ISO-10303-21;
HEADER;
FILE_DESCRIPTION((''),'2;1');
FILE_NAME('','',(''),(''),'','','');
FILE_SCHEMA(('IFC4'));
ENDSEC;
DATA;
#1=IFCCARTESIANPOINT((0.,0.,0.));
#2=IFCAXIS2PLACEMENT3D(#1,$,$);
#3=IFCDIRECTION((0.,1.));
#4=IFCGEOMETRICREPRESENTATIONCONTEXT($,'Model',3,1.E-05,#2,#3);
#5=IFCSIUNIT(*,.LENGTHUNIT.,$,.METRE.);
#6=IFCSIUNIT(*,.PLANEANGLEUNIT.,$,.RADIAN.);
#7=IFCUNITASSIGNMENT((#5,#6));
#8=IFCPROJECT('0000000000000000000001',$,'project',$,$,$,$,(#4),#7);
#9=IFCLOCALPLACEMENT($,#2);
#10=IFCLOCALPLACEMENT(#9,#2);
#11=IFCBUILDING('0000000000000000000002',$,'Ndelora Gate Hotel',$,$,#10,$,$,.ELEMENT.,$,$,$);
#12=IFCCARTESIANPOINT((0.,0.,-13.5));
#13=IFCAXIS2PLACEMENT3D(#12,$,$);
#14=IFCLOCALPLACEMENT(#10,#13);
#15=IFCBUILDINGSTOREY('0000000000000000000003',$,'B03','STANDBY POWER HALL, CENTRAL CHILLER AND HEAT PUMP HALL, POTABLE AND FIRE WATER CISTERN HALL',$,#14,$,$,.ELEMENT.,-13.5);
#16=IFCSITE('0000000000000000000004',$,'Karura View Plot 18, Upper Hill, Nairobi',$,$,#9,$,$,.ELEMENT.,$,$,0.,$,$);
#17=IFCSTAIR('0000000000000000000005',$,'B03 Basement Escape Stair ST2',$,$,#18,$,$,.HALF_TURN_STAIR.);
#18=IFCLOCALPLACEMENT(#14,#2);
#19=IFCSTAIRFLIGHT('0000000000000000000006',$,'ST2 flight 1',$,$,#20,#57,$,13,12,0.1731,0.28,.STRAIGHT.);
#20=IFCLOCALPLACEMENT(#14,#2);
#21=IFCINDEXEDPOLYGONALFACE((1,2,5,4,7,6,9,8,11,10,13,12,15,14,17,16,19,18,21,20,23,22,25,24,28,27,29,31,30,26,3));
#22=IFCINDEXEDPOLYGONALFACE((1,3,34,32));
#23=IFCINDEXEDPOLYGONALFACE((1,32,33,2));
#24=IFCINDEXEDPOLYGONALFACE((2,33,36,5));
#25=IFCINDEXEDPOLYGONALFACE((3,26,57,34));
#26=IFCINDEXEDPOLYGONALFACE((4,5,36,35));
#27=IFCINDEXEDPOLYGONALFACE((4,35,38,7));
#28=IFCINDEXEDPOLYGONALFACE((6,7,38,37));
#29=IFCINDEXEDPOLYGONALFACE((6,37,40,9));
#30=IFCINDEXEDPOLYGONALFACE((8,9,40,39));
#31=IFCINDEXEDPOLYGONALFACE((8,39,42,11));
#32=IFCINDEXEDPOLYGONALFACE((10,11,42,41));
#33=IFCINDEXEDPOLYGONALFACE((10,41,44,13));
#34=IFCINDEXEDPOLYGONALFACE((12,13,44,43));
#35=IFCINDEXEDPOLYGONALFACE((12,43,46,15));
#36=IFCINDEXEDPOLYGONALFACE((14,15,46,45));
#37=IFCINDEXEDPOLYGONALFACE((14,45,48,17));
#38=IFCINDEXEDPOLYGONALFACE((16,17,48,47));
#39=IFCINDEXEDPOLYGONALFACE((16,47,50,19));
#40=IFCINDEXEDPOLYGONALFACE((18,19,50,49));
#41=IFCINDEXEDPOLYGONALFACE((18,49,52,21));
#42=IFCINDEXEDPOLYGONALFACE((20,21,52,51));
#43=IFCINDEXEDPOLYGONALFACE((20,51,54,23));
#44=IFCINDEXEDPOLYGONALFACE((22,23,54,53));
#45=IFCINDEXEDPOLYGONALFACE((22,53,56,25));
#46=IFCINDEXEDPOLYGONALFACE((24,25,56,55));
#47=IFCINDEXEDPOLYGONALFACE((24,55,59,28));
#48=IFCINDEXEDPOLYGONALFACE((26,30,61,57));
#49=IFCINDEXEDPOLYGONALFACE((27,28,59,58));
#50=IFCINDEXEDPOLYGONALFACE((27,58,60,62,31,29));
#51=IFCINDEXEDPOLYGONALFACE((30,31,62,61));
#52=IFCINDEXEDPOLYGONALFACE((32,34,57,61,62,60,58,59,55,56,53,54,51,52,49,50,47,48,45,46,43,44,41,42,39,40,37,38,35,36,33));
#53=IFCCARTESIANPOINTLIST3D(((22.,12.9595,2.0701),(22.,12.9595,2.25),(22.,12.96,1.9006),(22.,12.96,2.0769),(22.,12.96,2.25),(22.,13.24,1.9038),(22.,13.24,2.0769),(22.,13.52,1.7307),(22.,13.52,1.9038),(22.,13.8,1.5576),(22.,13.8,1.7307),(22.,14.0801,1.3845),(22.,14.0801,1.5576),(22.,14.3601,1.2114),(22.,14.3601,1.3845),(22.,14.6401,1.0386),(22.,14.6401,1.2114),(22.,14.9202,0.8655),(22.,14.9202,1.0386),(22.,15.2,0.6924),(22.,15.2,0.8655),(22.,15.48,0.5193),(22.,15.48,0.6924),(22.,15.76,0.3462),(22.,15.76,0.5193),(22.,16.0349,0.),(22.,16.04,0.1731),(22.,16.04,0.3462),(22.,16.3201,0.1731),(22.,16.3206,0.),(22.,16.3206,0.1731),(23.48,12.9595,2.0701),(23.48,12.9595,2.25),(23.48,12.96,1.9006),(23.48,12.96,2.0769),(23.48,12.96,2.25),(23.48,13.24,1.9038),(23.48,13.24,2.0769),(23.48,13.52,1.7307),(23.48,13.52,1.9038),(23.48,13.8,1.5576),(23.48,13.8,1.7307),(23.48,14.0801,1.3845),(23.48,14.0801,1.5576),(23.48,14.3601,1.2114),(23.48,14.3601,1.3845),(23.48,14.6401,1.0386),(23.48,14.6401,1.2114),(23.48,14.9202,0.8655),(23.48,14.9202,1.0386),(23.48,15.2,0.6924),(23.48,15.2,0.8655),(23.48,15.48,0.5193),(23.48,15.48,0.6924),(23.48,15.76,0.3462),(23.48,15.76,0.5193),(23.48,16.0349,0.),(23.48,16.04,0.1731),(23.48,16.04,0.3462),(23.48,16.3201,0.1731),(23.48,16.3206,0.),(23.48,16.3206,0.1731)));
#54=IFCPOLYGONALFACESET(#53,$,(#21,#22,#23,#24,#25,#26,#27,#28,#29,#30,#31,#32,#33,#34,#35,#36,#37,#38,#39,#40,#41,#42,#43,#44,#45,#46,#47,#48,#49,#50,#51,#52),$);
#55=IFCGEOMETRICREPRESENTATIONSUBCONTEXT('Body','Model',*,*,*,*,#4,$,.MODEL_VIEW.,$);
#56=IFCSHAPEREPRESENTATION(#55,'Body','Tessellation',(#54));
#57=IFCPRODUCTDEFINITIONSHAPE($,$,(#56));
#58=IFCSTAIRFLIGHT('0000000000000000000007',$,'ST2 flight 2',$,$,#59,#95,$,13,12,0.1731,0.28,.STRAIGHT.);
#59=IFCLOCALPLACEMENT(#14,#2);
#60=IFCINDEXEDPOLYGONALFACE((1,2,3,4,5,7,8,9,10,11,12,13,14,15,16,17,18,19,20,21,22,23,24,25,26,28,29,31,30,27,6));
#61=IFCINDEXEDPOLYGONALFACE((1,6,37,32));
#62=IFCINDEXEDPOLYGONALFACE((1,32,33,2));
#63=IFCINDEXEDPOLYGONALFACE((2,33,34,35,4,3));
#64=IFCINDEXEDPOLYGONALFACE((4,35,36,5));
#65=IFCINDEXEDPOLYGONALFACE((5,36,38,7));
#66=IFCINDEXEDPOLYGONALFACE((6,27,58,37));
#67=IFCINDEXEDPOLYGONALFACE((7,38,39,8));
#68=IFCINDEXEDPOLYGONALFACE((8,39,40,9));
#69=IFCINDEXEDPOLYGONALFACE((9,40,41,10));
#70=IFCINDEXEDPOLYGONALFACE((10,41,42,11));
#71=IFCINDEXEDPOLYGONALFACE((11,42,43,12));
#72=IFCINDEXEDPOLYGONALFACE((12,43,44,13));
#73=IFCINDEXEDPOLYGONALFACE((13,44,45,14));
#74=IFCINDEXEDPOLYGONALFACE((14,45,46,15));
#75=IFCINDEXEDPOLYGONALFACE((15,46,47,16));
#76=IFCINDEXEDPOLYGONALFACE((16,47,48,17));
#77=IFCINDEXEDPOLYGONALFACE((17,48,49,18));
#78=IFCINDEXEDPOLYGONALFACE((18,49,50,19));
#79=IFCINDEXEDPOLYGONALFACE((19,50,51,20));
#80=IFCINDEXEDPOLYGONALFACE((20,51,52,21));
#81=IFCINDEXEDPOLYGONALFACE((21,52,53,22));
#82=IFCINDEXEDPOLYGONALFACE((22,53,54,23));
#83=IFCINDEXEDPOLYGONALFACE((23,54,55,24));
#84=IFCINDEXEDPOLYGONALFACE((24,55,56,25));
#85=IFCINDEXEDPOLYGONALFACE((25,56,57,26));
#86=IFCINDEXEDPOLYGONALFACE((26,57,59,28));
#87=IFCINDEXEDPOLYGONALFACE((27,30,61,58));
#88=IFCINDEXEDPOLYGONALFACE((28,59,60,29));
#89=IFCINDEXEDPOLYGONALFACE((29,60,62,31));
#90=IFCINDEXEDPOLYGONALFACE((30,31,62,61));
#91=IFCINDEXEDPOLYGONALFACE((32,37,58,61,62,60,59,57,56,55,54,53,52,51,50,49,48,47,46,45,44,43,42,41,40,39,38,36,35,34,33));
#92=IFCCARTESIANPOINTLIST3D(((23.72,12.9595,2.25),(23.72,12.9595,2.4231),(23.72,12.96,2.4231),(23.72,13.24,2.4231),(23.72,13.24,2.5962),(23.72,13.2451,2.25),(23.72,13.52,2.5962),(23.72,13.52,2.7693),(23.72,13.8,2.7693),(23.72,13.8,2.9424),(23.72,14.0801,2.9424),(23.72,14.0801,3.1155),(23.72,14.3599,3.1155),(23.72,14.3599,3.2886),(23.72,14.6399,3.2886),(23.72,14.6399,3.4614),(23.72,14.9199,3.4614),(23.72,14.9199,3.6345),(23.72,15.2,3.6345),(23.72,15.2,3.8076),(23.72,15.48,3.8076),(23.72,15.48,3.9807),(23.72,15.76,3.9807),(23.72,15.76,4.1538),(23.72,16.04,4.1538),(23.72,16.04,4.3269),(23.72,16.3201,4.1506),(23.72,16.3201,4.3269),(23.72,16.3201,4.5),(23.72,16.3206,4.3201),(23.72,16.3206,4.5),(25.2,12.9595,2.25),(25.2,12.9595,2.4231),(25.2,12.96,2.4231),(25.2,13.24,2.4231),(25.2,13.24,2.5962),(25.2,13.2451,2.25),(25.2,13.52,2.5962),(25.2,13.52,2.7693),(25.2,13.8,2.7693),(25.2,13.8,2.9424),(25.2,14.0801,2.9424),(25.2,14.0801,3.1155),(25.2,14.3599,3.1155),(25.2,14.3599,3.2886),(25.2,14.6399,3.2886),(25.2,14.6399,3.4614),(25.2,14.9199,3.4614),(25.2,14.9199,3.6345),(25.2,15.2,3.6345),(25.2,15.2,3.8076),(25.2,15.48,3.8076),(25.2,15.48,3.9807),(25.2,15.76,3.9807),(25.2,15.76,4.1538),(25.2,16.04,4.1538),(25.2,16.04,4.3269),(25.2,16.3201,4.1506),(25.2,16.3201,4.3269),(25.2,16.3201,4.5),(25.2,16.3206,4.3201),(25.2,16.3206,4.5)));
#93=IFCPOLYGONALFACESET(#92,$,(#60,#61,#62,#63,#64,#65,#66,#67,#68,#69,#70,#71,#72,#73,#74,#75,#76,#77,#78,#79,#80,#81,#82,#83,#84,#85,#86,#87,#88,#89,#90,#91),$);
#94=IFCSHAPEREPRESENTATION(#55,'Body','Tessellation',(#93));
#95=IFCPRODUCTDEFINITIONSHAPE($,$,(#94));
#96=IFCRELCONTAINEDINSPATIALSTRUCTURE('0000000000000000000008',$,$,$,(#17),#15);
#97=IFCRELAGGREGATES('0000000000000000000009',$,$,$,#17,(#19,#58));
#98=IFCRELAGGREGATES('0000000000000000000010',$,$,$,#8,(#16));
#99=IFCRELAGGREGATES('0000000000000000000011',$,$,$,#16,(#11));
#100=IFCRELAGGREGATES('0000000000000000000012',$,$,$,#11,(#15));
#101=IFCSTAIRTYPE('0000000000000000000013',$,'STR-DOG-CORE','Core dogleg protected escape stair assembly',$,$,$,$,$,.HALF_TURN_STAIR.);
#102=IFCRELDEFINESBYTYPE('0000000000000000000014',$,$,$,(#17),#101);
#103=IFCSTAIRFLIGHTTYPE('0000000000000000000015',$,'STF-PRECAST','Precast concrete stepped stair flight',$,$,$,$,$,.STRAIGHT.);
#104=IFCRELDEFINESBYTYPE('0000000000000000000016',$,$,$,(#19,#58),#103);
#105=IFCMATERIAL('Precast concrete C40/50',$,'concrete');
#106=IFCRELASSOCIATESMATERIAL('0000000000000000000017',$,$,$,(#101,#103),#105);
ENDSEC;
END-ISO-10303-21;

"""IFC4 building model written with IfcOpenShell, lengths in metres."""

from ifc_helpers import new_model, si_unit, direction, frame, origin, place, context, subcontext, project, spatial, polyline, outline, extrude, material, type_object, element, aggregate, save


model = new_model("IFC4")

# Units and contexts
model_context = context("Model", 3, precision=1e-05, world=origin(), true_north=direction((0.0, 1.0)))
body_context = subcontext(model_context, "Body", "Model", "MODEL_VIEW")
ifc_project = project(units=[si_unit("LENGTHUNIT", "METRE"), si_unit("PLANEANGLEUNIT", "RADIAN")], contexts=[model_context])

# Site, building, storey
site_placement = place(None, origin())
site = spatial("IfcSite", under=ifc_project, at=site_placement, Name="Karura View Plot 18, Upper Hill, Nairobi", CompositionType="ELEMENT", RefElevation=0.0)
building_placement = place(site_placement, origin())
building = spatial("IfcBuilding", under=site, at=building_placement, Name="Ndelora Gate Hotel", CompositionType="ELEMENT")
storey_placement = place(building_placement, frame((0.0, 0.0, -13.5)))
storey = spatial("IfcBuildingStorey", under=building, at=storey_placement, Name="B03", Description="STANDBY POWER HALL, CENTRAL CHILLER AND HEAT PUMP HALL, POTABLE AND FIRE WATER CISTERN HALL", CompositionType="ELEMENT", Elevation=-13.5)

# Stair, stair flights
ifc_material_1 = material(Name="Precast concrete C40/50", Category="concrete")
stair_type = type_object("IfcStairType", Name="STR-DOG-CORE", Description="Core dogleg protected escape stair assembly", PredefinedType="HALF_TURN_STAIR", material=ifc_material_1)
stair_placement = place(storey_placement, origin())
stair = element("IfcStair", 1, at=stair_placement, inside=storey, type_object=stair_type, Name="B03 Basement Escape Stair ST2", PredefinedType="HALF_TURN_STAIR")
stair_flight_type = type_object("IfcStairFlightType", Name="STF-PRECAST", Description="Precast concrete stepped stair flight", PredefinedType="STRAIGHT", material=ifc_material_1)
stair_flight_1_placement = place(storey_placement, frame((22.74, 16.3201, 0.0), z_axis=(0.0, 0.0, 1.0), x_axis=(0.0, -1.0, 0.0)))
stair_flight_1 = element("IfcStairFlight", 2, at=stair_flight_1_placement, type_object=stair_flight_type, Name="ST2 flight 1", NumberOfRisers=13, NumberOfTreads=12, PredefinedType="STRAIGHT", RiserHeight=0.1731, TreadLength=0.28, context=body_context, shape_type="SweptSolid", body=[
    extrude(outline(polyline([(-0.0005, 0.0), (-0.0005, 0.1731), (0.0, 0.1731), (0.28, 0.1731), (0.28, 0.3462), (0.5601, 0.3462), (0.5601, 0.5193), (0.8401, 0.5193), (0.8401, 0.6924), (1.1201, 0.6924), (1.1201, 0.8655), (1.3999, 0.8655), (1.3999, 1.0386), (1.6799, 1.0386), (1.6799, 1.2114), (1.96, 1.2114), (1.96, 1.3845), (2.24, 1.3845), (2.24, 1.5576), (2.52, 1.5576), (2.52, 1.7307), (2.8, 1.7307), (2.8, 1.9038), (3.0801, 1.9038), (3.0801, 2.0769), (3.3601, 2.0769), (3.3601, 2.25), (3.3606, 2.25), (3.3606, 2.0701), (3.3601, 1.9006), (0.2852, 0.0), (-0.0005, 0.0)])), frame((0.0, 0.74, 0.0), z_axis=(0.0, -1.0, 0.0), x_axis=(1.0, 0.0, 0.0)), (0.0, 0.0, 1.0), 1.48),
])
stair_flight_2_placement = place(storey_placement, frame((24.46, 12.96, 2.25), z_axis=(0.0, 0.0, 1.0), x_axis=(0.0, 1.0, 0.0)))
stair_flight_2 = element("IfcStairFlight", 3, at=stair_flight_2_placement, type_object=stair_flight_type, Name="ST2 flight 2", NumberOfRisers=13, NumberOfTreads=12, PredefinedType="STRAIGHT", RiserHeight=0.1731, TreadLength=0.28, context=body_context, shape_type="SweptSolid", body=[
    extrude(outline(polyline([(-0.0005, 0.0), (-0.0005, 0.1731), (0.0, 0.1731), (0.28, 0.1731), (0.28, 0.3462), (0.5601, 0.3462), (0.5601, 0.5193), (0.8401, 0.5193), (0.8401, 0.6924), (1.1201, 0.6924), (1.1201, 0.8655), (1.3999, 0.8655), (1.3999, 1.0386), (1.6799, 1.0386), (1.6799, 1.2114), (1.96, 1.2114), (1.96, 1.3845), (2.24, 1.3845), (2.24, 1.5576), (2.52, 1.5576), (2.52, 1.7307), (2.8, 1.7307), (2.8, 1.9038), (3.0801, 1.9038), (3.0801, 2.0769), (3.3601, 2.0769), (3.3601, 2.25), (3.3606, 2.25), (3.3606, 2.0701), (3.3601, 1.9006), (0.2852, 0.0), (-0.0005, 0.0)])), frame((0.0, 0.74, 0.0), z_axis=(0.0, -1.0, 0.0), x_axis=(1.0, 0.0, 0.0)), (0.0, 0.0, 1.0), 1.48),
])
aggregate(stair, [stair_flight_1, stair_flight_2])

save(model, "model.ifc")
